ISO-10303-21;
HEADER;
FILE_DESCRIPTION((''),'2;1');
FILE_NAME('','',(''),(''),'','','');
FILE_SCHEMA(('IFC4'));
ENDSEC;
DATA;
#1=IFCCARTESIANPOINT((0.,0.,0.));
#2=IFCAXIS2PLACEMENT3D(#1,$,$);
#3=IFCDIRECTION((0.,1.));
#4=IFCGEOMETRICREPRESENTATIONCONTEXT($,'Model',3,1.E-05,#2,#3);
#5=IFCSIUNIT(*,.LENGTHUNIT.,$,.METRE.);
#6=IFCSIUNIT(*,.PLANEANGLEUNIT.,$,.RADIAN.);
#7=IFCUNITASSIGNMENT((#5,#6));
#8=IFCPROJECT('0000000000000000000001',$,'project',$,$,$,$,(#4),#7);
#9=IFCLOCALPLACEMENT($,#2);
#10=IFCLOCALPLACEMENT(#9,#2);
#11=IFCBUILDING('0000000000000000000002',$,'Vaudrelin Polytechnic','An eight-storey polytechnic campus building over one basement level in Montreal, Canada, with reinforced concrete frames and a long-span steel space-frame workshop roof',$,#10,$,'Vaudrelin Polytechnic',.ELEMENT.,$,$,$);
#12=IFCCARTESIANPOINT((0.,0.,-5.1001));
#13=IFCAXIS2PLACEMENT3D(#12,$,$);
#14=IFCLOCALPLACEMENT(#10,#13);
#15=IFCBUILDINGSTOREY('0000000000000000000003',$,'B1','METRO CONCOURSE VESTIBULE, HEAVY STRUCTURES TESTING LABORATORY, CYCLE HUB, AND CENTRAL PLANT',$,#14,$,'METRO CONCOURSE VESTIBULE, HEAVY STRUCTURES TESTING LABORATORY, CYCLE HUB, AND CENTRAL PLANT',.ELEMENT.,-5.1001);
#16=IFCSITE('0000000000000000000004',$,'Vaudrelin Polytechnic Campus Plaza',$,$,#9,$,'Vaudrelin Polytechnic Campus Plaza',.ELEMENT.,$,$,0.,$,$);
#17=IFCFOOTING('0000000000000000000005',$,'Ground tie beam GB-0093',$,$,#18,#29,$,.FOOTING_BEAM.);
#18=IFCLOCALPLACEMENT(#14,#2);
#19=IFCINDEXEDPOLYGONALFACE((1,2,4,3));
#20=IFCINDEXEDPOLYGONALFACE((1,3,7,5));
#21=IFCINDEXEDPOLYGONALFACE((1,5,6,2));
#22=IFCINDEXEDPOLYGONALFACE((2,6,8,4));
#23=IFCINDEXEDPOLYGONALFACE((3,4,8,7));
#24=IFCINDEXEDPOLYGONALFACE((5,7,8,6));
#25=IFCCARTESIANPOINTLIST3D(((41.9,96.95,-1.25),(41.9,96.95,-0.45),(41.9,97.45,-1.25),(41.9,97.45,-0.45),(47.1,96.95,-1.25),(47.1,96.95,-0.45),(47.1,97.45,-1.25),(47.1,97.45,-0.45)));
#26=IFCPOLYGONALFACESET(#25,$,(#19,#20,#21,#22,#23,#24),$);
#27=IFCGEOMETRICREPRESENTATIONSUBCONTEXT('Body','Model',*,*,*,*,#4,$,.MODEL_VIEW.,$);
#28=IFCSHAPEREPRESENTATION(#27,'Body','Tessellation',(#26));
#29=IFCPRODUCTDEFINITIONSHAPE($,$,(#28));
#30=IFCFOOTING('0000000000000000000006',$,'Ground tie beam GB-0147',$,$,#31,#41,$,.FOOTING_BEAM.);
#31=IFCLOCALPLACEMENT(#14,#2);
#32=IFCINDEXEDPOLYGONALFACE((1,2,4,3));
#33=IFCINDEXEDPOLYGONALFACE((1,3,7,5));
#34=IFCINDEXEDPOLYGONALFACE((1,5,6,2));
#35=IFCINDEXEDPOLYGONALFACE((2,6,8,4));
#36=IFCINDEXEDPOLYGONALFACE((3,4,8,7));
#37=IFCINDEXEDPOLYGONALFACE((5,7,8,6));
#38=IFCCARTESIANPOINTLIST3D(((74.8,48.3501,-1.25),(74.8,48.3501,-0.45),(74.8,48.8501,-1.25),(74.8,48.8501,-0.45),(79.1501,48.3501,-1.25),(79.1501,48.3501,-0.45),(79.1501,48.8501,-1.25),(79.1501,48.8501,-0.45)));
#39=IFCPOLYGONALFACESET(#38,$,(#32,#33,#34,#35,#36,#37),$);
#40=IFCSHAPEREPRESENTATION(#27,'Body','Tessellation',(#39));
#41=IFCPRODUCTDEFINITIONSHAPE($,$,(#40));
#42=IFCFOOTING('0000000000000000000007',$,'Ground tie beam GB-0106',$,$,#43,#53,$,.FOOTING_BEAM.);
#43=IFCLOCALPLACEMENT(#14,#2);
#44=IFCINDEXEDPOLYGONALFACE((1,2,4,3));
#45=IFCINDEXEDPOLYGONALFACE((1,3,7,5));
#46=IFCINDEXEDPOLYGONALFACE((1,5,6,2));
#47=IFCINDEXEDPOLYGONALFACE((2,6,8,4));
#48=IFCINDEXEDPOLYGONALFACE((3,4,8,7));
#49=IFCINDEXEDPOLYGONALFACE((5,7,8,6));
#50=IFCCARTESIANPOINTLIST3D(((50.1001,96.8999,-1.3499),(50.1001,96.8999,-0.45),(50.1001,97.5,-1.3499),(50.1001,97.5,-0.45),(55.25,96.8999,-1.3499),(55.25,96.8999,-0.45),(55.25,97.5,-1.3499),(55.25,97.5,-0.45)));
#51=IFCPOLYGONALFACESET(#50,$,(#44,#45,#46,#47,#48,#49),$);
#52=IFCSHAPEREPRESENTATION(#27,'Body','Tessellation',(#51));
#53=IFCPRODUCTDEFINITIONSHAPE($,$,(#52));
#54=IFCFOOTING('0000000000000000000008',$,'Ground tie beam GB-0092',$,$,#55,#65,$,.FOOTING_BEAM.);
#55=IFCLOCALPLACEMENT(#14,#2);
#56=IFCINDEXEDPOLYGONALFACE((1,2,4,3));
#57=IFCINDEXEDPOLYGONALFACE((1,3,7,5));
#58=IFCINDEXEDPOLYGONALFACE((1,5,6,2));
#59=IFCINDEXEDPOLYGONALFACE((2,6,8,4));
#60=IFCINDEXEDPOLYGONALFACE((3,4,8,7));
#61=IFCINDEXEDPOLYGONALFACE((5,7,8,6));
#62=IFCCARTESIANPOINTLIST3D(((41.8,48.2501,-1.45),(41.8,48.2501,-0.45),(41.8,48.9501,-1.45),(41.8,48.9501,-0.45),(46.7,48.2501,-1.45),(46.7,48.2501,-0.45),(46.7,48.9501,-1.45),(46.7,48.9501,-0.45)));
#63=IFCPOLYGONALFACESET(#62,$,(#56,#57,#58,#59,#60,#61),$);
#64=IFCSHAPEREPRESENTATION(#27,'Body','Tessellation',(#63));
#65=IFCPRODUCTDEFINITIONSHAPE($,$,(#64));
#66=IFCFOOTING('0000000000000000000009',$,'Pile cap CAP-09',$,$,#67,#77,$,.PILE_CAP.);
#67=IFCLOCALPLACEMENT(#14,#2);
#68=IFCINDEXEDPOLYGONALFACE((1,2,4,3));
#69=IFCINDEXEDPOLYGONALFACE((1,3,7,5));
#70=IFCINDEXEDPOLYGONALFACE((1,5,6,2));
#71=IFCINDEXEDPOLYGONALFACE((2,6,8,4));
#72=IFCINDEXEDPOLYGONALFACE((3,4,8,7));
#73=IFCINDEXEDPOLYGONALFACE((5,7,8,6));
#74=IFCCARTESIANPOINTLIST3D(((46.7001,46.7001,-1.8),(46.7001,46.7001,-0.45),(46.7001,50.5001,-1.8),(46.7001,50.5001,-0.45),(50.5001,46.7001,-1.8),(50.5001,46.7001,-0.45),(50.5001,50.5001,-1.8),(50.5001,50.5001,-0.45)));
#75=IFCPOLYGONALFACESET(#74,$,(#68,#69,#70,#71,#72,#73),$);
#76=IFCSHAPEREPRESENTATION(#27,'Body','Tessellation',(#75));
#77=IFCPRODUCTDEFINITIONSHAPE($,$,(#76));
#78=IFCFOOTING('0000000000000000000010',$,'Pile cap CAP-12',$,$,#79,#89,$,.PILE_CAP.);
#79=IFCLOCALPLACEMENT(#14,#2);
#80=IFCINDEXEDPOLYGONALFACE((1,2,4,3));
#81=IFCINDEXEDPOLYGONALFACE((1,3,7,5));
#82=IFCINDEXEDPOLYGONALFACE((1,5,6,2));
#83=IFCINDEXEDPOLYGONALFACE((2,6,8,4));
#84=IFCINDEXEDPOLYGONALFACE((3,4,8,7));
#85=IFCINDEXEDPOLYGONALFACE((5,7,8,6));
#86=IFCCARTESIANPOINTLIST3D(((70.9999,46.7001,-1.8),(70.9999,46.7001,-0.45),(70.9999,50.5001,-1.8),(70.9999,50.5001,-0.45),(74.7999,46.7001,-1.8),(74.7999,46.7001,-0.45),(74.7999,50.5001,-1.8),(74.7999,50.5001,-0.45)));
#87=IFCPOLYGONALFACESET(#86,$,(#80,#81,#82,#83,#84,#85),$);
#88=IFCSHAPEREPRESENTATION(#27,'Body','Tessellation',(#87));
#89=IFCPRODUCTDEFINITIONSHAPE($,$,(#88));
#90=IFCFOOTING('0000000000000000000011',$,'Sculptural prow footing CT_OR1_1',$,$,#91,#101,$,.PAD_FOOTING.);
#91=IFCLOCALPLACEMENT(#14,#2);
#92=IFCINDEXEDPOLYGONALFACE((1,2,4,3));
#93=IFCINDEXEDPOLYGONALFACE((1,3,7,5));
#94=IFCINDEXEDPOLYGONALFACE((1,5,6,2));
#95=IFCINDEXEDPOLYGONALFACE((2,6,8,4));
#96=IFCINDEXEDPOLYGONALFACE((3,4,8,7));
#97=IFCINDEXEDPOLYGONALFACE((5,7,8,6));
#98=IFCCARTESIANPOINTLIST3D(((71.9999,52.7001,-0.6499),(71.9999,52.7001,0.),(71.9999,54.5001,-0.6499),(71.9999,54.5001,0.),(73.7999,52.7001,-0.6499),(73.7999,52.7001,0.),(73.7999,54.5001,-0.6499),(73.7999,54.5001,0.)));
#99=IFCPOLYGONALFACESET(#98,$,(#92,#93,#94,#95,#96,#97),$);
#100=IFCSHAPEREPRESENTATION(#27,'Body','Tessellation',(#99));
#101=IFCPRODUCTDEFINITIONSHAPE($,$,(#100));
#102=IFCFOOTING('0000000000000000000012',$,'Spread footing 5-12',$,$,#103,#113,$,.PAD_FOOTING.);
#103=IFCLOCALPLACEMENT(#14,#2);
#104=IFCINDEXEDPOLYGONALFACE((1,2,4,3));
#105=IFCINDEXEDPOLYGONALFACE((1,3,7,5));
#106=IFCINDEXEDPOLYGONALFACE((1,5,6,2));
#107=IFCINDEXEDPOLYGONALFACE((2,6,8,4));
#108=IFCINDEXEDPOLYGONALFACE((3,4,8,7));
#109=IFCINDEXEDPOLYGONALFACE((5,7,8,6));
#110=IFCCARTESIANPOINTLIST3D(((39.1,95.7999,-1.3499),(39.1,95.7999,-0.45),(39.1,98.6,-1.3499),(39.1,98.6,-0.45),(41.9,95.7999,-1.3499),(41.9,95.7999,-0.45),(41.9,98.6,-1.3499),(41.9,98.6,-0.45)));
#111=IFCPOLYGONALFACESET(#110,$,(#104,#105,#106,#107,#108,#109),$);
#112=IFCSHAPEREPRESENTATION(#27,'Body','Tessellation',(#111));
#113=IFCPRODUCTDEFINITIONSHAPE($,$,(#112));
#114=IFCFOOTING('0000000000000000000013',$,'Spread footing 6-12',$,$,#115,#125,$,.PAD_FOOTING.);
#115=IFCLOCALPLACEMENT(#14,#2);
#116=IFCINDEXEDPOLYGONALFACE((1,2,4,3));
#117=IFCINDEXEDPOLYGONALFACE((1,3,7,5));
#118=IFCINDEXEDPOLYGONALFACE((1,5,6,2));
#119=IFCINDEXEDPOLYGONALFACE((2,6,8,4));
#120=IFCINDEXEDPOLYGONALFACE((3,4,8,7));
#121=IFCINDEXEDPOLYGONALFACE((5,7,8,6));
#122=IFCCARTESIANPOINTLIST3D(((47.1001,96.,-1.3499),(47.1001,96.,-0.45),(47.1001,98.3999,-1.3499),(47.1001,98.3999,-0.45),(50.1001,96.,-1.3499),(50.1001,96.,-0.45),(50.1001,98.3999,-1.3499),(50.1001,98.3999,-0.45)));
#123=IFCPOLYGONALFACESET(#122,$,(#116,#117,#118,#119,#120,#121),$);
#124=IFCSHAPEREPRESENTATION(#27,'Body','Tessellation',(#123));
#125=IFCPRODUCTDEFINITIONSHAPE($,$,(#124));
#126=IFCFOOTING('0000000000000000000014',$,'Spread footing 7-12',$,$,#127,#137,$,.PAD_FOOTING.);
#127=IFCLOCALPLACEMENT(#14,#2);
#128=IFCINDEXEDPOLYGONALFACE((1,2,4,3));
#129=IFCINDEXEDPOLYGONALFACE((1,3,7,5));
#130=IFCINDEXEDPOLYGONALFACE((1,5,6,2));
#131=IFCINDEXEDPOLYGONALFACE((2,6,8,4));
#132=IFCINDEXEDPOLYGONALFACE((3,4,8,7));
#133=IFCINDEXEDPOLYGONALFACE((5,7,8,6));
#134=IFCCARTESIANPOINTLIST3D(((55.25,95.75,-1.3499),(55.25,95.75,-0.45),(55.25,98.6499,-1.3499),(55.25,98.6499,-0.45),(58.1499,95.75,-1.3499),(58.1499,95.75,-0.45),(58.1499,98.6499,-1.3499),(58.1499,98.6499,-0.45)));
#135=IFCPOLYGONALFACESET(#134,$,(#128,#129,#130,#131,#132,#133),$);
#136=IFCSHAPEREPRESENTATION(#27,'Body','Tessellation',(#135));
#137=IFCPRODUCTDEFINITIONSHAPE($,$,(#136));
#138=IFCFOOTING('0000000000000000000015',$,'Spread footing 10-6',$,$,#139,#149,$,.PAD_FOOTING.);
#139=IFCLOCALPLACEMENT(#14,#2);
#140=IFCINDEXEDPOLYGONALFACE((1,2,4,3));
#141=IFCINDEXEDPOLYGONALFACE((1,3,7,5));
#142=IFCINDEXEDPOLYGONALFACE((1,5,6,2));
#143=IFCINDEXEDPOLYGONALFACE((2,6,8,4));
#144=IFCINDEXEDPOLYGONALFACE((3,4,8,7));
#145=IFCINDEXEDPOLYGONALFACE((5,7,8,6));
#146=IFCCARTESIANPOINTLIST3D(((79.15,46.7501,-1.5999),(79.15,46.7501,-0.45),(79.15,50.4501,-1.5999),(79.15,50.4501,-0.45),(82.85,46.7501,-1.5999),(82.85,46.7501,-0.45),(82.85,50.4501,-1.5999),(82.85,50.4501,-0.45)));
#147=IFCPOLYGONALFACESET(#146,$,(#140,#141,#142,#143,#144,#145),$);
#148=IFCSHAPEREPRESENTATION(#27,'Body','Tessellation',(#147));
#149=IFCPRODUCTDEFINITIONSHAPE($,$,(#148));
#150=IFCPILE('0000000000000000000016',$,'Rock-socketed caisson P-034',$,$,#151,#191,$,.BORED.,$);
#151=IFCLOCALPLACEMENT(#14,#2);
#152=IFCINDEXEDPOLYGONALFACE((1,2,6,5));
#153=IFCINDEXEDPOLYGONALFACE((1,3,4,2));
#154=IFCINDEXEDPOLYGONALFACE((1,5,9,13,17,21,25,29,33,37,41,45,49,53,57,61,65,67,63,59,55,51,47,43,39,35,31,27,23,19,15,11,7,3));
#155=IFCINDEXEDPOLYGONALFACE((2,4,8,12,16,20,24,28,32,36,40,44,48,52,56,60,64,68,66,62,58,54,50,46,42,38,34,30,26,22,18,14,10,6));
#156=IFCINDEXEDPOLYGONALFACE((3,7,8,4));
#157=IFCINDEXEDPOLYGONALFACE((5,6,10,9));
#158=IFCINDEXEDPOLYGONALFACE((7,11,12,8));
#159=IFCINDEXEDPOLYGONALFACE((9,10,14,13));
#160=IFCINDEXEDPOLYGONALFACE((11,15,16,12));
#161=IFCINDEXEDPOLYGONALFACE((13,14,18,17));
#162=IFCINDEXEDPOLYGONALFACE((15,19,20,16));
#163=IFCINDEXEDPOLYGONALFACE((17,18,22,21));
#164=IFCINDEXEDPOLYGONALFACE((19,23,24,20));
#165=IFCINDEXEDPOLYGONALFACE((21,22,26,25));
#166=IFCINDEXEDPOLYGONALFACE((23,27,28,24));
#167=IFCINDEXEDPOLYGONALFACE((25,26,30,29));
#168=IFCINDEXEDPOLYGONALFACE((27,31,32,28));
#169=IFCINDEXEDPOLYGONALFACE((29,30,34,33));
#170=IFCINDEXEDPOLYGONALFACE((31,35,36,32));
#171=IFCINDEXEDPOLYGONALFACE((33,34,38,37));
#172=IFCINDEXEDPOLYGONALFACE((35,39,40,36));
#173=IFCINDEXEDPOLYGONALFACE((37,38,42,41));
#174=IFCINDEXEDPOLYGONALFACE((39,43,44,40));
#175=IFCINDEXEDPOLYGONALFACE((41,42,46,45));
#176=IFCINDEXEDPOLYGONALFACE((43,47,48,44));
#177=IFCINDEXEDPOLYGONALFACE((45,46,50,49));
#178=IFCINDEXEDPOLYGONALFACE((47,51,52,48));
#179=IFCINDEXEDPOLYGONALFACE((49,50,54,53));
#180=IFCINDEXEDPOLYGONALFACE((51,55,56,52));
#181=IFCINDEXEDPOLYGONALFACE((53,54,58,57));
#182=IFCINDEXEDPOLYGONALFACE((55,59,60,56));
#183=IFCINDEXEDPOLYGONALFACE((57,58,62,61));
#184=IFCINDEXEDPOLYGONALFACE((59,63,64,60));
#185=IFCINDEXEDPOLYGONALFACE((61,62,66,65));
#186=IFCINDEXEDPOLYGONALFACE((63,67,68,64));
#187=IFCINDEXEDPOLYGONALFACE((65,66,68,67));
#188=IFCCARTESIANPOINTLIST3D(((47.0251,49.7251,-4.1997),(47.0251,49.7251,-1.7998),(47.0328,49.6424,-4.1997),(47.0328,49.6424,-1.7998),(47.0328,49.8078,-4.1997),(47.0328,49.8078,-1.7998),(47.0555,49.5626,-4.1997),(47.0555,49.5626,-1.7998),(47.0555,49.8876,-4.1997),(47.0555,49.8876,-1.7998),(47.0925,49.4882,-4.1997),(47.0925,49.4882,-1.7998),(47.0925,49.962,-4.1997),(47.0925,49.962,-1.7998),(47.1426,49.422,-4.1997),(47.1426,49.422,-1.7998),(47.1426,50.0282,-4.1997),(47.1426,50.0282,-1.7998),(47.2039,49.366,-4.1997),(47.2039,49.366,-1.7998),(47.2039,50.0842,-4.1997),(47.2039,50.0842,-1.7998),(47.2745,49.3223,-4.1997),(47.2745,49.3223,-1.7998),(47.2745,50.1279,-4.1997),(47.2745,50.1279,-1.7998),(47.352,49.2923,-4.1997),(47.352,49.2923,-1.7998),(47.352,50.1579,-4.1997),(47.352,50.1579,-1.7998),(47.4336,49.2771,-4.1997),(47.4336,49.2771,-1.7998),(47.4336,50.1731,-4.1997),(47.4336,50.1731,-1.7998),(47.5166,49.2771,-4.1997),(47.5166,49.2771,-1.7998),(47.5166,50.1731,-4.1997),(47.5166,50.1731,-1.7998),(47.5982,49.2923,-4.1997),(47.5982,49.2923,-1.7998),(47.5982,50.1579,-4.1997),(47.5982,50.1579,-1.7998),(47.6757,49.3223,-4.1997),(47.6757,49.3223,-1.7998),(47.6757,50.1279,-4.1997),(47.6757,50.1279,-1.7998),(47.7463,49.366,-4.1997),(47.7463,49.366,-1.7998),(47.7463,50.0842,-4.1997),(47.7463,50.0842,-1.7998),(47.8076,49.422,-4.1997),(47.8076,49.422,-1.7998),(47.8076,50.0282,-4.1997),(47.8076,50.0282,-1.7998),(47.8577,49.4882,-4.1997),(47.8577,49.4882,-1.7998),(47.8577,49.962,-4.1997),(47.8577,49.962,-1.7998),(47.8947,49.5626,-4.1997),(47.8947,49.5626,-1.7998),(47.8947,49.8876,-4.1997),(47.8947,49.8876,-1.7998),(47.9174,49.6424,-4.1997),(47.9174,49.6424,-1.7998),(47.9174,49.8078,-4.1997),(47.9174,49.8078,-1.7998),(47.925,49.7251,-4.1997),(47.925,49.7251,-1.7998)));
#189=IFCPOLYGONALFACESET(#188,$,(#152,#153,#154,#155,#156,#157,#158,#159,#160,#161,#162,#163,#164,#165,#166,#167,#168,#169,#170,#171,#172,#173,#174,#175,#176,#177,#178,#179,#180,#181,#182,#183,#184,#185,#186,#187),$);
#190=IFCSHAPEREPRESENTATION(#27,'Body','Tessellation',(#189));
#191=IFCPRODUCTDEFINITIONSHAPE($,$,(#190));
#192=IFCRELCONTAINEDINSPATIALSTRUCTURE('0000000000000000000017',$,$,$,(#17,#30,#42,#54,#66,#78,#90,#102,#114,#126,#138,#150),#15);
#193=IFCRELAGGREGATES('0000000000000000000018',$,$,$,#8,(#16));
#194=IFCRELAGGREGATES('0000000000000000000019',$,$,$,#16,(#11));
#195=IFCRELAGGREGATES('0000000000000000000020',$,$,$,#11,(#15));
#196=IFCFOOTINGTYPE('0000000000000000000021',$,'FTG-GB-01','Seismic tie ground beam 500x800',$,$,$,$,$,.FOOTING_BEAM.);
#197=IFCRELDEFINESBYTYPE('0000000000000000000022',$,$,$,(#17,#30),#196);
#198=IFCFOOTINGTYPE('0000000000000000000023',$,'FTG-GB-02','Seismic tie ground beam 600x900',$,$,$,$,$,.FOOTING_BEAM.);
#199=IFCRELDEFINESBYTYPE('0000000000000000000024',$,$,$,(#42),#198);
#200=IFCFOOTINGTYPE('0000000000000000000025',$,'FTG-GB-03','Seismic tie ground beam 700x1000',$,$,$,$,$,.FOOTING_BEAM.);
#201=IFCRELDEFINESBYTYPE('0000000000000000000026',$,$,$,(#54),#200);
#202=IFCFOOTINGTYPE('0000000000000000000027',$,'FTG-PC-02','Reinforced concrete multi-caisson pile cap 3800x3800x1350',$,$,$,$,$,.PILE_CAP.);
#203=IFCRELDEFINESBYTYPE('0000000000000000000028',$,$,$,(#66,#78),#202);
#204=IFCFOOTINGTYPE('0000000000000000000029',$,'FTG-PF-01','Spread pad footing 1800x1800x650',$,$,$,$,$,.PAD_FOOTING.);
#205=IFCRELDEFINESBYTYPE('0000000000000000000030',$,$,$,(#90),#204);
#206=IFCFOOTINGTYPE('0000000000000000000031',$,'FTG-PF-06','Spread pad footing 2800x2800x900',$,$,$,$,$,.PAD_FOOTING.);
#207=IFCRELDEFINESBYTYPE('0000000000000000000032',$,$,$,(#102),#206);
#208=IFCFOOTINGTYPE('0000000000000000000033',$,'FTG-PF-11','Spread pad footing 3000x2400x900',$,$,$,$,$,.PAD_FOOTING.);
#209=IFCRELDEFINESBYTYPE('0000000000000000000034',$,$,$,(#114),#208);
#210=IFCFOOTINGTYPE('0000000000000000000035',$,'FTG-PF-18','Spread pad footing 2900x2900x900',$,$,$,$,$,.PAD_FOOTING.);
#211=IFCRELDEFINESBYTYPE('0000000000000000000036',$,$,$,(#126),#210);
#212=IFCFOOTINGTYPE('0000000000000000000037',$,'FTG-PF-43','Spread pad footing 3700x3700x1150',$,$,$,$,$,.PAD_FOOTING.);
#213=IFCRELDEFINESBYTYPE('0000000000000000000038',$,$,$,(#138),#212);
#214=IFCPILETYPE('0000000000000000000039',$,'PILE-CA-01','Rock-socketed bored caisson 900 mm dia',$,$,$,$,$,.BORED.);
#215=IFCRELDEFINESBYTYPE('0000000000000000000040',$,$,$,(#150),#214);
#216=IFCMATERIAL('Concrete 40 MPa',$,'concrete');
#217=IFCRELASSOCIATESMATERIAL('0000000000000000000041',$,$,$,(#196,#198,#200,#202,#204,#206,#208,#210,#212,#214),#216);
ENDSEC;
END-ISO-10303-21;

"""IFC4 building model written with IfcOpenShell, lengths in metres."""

from ifc_helpers import new_model, si_unit, direction, frame, origin, origin_2d, place, context, subcontext, project, spatial, rectangle, circle, extrude, material, material_profile, profile_set, type_object, element, save


model = new_model("IFC4")

# Units and contexts
model_context = context("Model", 3, precision=1e-05, world=origin(), true_north=direction((0.0, 1.0)))
body_context = subcontext(model_context, "Body", "Model", "MODEL_VIEW")
ifc_project = project(units=[si_unit("LENGTHUNIT", "METRE"), si_unit("PLANEANGLEUNIT", "RADIAN")], contexts=[model_context])

# Site, building, storey
site_placement = place(None, origin())
site = spatial("IfcSite", under=ifc_project, at=site_placement, Name="Vaudrelin Polytechnic Campus Plaza", LongName="Vaudrelin Polytechnic Campus Plaza", CompositionType="ELEMENT", RefElevation=0.0)
building_placement = place(site_placement, origin())
building = spatial("IfcBuilding", under=site, at=building_placement, Name="Vaudrelin Polytechnic", Description="An eight-storey polytechnic campus building over one basement level in Montreal, Canada, with reinforced concrete frames and a long-span steel space-frame workshop roof", LongName="Vaudrelin Polytechnic", CompositionType="ELEMENT")
storey_placement = place(building_placement, frame((0.0, 0.0, -5.1001)))
storey = spatial("IfcBuildingStorey", under=building, at=storey_placement, Name="B1", Description="METRO CONCOURSE VESTIBULE, HEAVY STRUCTURES TESTING LABORATORY, CYCLE HUB, AND CENTRAL PLANT", LongName="METRO CONCOURSE VESTIBULE, HEAVY STRUCTURES TESTING LABORATORY, CYCLE HUB, AND CENTRAL PLANT", CompositionType="ELEMENT", Elevation=-5.1001)

# Footings
ifc_material_1 = material(Name="Concrete 40 MPa", Category="concrete")
footing_type_1 = type_object("IfcFootingType", Name="FTG-GB-01", Description="Seismic tie ground beam 500x800", PredefinedType="FOOTING_BEAM", material=ifc_material_1)
footing_1_placement = place(storey_placement, frame((44.5, 97.2, -1.25), z_axis=(0.0, 0.0, 1.0), x_axis=(1.0, 0.0, 0.0)))
element("IfcFooting", 1, at=footing_1_placement, inside=storey, type_object=footing_type_1, Name="Ground tie beam GB-0093", PredefinedType="FOOTING_BEAM", context=body_context, shape_type="SweptSolid", body=[
    extrude(rectangle(XDim=5.2, YDim=0.5, at=origin_2d()), origin(), (0.0, 0.0, 1.0), 0.8),
])
footing_2_placement = place(storey_placement, frame((76.9751, 48.6001, -1.25), z_axis=(0.0, 0.0, 1.0), x_axis=(1.0, 0.0, 0.0)))
element("IfcFooting", 2, at=footing_2_placement, inside=storey, type_object=footing_type_1, Name="Ground tie beam GB-0147", PredefinedType="FOOTING_BEAM", context=body_context, shape_type="SweptSolid", body=[
    extrude(rectangle(XDim=4.3501, YDim=0.5, at=origin_2d()), origin(), (0.0, 0.0, 1.0), 0.8),
])
footing_type_2 = type_object("IfcFootingType", Name="FTG-GB-02", Description="Seismic tie ground beam 600x900", PredefinedType="FOOTING_BEAM", material=ifc_material_1)
footing_3_placement = place(storey_placement, frame((52.675, 97.2, -1.3499), z_axis=(0.0, 0.0, 1.0), x_axis=(1.0, 0.0, 0.0)))
element("IfcFooting", 3, at=footing_3_placement, inside=storey, type_object=footing_type_2, Name="Ground tie beam GB-0106", PredefinedType="FOOTING_BEAM", context=body_context, shape_type="SweptSolid", body=[
    extrude(rectangle(XDim=5.1499, YDim=0.6001, at=origin_2d()), origin(), (0.0, 0.0, 1.0), 0.8999),
])
footing_type_3 = type_object("IfcFootingType", Name="FTG-GB-03", Description="Seismic tie ground beam 700x1000", PredefinedType="FOOTING_BEAM", material=ifc_material_1)
footing_4_placement = place(storey_placement, frame((44.25, 48.6001, -1.45), z_axis=(0.0, 0.0, 1.0), x_axis=(1.0, 0.0, 0.0)))
element("IfcFooting", 4, at=footing_4_placement, inside=storey, type_object=footing_type_3, Name="Ground tie beam GB-0092", PredefinedType="FOOTING_BEAM", context=body_context, shape_type="SweptSolid", body=[
    extrude(rectangle(XDim=4.8999, YDim=0.7, at=origin_2d()), origin(), (0.0, 0.0, 1.0), 1.0),
])
footing_type_4 = type_object("IfcFootingType", Name="FTG-PC-02", Description="Reinforced concrete multi-caisson pile cap 3800x3800x1350", PredefinedType="PILE_CAP", material=ifc_material_1)
for number, where, z_axis, x_axis, name in (
    (5, (48.6001, 48.6001, -1.8), (0.0, 0.0, 1.0), (1.0, 0.0, 0.0), "Pile cap CAP-09"),
    (6, (72.8999, 48.6001, -1.8), (0.0, 0.0, 1.0), (1.0, 0.0, 0.0), "Pile cap CAP-12"),
):
    element("IfcFooting", number, at=place(storey_placement, frame(where, z_axis=z_axis, x_axis=x_axis)), inside=storey, type_object=footing_type_4, Name=name, PredefinedType="PILE_CAP", context=body_context, shape_type="SweptSolid", body=[
        extrude(rectangle(XDim=3.8, YDim=3.8, at=origin_2d()), origin(), (0.0, 0.0, 1.0), 1.3501),
    ])
footing_type_5 = type_object("IfcFootingType", Name="FTG-PF-01", Description="Spread pad footing 1800x1800x650", PredefinedType="PAD_FOOTING", material=ifc_material_1)
footing_5_placement = place(storey_placement, frame((72.8999, 53.6001, -0.6499), z_axis=(0.0, 0.0, 1.0), x_axis=(1.0, 0.0, 0.0)))
element("IfcFooting", 7, at=footing_5_placement, inside=storey, type_object=footing_type_5, Name="Sculptural prow footing CT_OR1_1", PredefinedType="PAD_FOOTING", context=body_context, shape_type="SweptSolid", body=[
    extrude(rectangle(XDim=1.8, YDim=1.8, at=origin_2d()), origin(), (0.0, 0.0, 1.0), 0.6499),
])
footing_type_6 = type_object("IfcFootingType", Name="FTG-PF-06", Description="Spread pad footing 2800x2800x900", PredefinedType="PAD_FOOTING", material=ifc_material_1)
footing_6_placement = place(storey_placement, frame((40.5, 97.2, -1.3499), z_axis=(0.0, 0.0, 1.0), x_axis=(1.0, 0.0, 0.0)))
element("IfcFooting", 8, at=footing_6_placement, inside=storey, type_object=footing_type_6, Name="Spread footing 5-12", PredefinedType="PAD_FOOTING", context=body_context, shape_type="SweptSolid", body=[
    extrude(rectangle(XDim=2.8, YDim=2.8, at=origin_2d()), origin(), (0.0, 0.0, 1.0), 0.8999),
])
footing_type_7 = type_object("IfcFootingType", Name="FTG-PF-11", Description="Spread pad footing 3000x2400x900", PredefinedType="PAD_FOOTING", material=ifc_material_1)
footing_7_placement = place(storey_placement, frame((48.6001, 97.2, -1.3499), z_axis=(0.0, 0.0, 1.0), x_axis=(1.0, 0.0, 0.0)))
element("IfcFooting", 9, at=footing_7_placement, inside=storey, type_object=footing_type_7, Name="Spread footing 6-12", PredefinedType="PAD_FOOTING", context=body_context, shape_type="SweptSolid", body=[
    extrude(rectangle(XDim=3.0, YDim=2.3999, at=origin_2d()), origin(), (0.0, 0.0, 1.0), 0.8999),
])
footing_type_8 = type_object("IfcFootingType", Name="FTG-PF-18", Description="Spread pad footing 2900x2900x900", PredefinedType="PAD_FOOTING", material=ifc_material_1)
footing_8_placement = place(storey_placement, frame((56.7, 97.2, -1.3499), z_axis=(0.0, 0.0, 1.0), x_axis=(1.0, 0.0, 0.0)))
element("IfcFooting", 10, at=footing_8_placement, inside=storey, type_object=footing_type_8, Name="Spread footing 7-12", PredefinedType="PAD_FOOTING", context=body_context, shape_type="SweptSolid", body=[
    extrude(rectangle(XDim=2.8999, YDim=2.8999, at=origin_2d()), origin(), (0.0, 0.0, 1.0), 0.8999),
])
footing_type_9 = type_object("IfcFootingType", Name="FTG-PF-43", Description="Spread pad footing 3700x3700x1150", PredefinedType="PAD_FOOTING", material=ifc_material_1)
footing_9_placement = place(storey_placement, frame((81.0, 48.6001, -1.5999), z_axis=(0.0, 0.0, 1.0), x_axis=(1.0, 0.0, 0.0)))
element("IfcFooting", 11, at=footing_9_placement, inside=storey, type_object=footing_type_9, Name="Spread footing 10-6", PredefinedType="PAD_FOOTING", context=body_context, shape_type="SweptSolid", body=[
    extrude(rectangle(XDim=3.7, YDim=3.7, at=origin_2d()), origin(), (0.0, 0.0, 1.0), 1.1499),
])

# Pile
ifc_material_profile_1 = material_profile(ifc_material_1, circle(Radius=0.45, at=origin_2d()), Name="CAISSON900")
ifc_profile_set_1 = profile_set([ifc_material_profile_1], Name="Concrete 40 MPa")
pile_type = type_object("IfcPileType", Name="PILE-CA-01", Description="Rock-socketed bored caisson 900 mm dia", PredefinedType="BORED", material=ifc_profile_set_1)
for number, where, z_axis, x_axis, name in (
    (12, (47.4751, 49.7251, -1.7998), (0.0, 0.0, -1.0), (1.0, 0.0, 0.0), "Rock-socketed caisson P-034"),
):
    element("IfcPile", number, at=place(storey_placement, frame(where, z_axis=z_axis, x_axis=x_axis)), inside=storey, type_object=pile_type, Name=name, PredefinedType="BORED", context=body_context, shape_type="SweptSolid", body=[
        extrude(circle(Radius=0.45, at=origin_2d()), origin(), (0.0, 0.0, 1.0), 2.3999),
    ])

save(model, "model.ifc")
